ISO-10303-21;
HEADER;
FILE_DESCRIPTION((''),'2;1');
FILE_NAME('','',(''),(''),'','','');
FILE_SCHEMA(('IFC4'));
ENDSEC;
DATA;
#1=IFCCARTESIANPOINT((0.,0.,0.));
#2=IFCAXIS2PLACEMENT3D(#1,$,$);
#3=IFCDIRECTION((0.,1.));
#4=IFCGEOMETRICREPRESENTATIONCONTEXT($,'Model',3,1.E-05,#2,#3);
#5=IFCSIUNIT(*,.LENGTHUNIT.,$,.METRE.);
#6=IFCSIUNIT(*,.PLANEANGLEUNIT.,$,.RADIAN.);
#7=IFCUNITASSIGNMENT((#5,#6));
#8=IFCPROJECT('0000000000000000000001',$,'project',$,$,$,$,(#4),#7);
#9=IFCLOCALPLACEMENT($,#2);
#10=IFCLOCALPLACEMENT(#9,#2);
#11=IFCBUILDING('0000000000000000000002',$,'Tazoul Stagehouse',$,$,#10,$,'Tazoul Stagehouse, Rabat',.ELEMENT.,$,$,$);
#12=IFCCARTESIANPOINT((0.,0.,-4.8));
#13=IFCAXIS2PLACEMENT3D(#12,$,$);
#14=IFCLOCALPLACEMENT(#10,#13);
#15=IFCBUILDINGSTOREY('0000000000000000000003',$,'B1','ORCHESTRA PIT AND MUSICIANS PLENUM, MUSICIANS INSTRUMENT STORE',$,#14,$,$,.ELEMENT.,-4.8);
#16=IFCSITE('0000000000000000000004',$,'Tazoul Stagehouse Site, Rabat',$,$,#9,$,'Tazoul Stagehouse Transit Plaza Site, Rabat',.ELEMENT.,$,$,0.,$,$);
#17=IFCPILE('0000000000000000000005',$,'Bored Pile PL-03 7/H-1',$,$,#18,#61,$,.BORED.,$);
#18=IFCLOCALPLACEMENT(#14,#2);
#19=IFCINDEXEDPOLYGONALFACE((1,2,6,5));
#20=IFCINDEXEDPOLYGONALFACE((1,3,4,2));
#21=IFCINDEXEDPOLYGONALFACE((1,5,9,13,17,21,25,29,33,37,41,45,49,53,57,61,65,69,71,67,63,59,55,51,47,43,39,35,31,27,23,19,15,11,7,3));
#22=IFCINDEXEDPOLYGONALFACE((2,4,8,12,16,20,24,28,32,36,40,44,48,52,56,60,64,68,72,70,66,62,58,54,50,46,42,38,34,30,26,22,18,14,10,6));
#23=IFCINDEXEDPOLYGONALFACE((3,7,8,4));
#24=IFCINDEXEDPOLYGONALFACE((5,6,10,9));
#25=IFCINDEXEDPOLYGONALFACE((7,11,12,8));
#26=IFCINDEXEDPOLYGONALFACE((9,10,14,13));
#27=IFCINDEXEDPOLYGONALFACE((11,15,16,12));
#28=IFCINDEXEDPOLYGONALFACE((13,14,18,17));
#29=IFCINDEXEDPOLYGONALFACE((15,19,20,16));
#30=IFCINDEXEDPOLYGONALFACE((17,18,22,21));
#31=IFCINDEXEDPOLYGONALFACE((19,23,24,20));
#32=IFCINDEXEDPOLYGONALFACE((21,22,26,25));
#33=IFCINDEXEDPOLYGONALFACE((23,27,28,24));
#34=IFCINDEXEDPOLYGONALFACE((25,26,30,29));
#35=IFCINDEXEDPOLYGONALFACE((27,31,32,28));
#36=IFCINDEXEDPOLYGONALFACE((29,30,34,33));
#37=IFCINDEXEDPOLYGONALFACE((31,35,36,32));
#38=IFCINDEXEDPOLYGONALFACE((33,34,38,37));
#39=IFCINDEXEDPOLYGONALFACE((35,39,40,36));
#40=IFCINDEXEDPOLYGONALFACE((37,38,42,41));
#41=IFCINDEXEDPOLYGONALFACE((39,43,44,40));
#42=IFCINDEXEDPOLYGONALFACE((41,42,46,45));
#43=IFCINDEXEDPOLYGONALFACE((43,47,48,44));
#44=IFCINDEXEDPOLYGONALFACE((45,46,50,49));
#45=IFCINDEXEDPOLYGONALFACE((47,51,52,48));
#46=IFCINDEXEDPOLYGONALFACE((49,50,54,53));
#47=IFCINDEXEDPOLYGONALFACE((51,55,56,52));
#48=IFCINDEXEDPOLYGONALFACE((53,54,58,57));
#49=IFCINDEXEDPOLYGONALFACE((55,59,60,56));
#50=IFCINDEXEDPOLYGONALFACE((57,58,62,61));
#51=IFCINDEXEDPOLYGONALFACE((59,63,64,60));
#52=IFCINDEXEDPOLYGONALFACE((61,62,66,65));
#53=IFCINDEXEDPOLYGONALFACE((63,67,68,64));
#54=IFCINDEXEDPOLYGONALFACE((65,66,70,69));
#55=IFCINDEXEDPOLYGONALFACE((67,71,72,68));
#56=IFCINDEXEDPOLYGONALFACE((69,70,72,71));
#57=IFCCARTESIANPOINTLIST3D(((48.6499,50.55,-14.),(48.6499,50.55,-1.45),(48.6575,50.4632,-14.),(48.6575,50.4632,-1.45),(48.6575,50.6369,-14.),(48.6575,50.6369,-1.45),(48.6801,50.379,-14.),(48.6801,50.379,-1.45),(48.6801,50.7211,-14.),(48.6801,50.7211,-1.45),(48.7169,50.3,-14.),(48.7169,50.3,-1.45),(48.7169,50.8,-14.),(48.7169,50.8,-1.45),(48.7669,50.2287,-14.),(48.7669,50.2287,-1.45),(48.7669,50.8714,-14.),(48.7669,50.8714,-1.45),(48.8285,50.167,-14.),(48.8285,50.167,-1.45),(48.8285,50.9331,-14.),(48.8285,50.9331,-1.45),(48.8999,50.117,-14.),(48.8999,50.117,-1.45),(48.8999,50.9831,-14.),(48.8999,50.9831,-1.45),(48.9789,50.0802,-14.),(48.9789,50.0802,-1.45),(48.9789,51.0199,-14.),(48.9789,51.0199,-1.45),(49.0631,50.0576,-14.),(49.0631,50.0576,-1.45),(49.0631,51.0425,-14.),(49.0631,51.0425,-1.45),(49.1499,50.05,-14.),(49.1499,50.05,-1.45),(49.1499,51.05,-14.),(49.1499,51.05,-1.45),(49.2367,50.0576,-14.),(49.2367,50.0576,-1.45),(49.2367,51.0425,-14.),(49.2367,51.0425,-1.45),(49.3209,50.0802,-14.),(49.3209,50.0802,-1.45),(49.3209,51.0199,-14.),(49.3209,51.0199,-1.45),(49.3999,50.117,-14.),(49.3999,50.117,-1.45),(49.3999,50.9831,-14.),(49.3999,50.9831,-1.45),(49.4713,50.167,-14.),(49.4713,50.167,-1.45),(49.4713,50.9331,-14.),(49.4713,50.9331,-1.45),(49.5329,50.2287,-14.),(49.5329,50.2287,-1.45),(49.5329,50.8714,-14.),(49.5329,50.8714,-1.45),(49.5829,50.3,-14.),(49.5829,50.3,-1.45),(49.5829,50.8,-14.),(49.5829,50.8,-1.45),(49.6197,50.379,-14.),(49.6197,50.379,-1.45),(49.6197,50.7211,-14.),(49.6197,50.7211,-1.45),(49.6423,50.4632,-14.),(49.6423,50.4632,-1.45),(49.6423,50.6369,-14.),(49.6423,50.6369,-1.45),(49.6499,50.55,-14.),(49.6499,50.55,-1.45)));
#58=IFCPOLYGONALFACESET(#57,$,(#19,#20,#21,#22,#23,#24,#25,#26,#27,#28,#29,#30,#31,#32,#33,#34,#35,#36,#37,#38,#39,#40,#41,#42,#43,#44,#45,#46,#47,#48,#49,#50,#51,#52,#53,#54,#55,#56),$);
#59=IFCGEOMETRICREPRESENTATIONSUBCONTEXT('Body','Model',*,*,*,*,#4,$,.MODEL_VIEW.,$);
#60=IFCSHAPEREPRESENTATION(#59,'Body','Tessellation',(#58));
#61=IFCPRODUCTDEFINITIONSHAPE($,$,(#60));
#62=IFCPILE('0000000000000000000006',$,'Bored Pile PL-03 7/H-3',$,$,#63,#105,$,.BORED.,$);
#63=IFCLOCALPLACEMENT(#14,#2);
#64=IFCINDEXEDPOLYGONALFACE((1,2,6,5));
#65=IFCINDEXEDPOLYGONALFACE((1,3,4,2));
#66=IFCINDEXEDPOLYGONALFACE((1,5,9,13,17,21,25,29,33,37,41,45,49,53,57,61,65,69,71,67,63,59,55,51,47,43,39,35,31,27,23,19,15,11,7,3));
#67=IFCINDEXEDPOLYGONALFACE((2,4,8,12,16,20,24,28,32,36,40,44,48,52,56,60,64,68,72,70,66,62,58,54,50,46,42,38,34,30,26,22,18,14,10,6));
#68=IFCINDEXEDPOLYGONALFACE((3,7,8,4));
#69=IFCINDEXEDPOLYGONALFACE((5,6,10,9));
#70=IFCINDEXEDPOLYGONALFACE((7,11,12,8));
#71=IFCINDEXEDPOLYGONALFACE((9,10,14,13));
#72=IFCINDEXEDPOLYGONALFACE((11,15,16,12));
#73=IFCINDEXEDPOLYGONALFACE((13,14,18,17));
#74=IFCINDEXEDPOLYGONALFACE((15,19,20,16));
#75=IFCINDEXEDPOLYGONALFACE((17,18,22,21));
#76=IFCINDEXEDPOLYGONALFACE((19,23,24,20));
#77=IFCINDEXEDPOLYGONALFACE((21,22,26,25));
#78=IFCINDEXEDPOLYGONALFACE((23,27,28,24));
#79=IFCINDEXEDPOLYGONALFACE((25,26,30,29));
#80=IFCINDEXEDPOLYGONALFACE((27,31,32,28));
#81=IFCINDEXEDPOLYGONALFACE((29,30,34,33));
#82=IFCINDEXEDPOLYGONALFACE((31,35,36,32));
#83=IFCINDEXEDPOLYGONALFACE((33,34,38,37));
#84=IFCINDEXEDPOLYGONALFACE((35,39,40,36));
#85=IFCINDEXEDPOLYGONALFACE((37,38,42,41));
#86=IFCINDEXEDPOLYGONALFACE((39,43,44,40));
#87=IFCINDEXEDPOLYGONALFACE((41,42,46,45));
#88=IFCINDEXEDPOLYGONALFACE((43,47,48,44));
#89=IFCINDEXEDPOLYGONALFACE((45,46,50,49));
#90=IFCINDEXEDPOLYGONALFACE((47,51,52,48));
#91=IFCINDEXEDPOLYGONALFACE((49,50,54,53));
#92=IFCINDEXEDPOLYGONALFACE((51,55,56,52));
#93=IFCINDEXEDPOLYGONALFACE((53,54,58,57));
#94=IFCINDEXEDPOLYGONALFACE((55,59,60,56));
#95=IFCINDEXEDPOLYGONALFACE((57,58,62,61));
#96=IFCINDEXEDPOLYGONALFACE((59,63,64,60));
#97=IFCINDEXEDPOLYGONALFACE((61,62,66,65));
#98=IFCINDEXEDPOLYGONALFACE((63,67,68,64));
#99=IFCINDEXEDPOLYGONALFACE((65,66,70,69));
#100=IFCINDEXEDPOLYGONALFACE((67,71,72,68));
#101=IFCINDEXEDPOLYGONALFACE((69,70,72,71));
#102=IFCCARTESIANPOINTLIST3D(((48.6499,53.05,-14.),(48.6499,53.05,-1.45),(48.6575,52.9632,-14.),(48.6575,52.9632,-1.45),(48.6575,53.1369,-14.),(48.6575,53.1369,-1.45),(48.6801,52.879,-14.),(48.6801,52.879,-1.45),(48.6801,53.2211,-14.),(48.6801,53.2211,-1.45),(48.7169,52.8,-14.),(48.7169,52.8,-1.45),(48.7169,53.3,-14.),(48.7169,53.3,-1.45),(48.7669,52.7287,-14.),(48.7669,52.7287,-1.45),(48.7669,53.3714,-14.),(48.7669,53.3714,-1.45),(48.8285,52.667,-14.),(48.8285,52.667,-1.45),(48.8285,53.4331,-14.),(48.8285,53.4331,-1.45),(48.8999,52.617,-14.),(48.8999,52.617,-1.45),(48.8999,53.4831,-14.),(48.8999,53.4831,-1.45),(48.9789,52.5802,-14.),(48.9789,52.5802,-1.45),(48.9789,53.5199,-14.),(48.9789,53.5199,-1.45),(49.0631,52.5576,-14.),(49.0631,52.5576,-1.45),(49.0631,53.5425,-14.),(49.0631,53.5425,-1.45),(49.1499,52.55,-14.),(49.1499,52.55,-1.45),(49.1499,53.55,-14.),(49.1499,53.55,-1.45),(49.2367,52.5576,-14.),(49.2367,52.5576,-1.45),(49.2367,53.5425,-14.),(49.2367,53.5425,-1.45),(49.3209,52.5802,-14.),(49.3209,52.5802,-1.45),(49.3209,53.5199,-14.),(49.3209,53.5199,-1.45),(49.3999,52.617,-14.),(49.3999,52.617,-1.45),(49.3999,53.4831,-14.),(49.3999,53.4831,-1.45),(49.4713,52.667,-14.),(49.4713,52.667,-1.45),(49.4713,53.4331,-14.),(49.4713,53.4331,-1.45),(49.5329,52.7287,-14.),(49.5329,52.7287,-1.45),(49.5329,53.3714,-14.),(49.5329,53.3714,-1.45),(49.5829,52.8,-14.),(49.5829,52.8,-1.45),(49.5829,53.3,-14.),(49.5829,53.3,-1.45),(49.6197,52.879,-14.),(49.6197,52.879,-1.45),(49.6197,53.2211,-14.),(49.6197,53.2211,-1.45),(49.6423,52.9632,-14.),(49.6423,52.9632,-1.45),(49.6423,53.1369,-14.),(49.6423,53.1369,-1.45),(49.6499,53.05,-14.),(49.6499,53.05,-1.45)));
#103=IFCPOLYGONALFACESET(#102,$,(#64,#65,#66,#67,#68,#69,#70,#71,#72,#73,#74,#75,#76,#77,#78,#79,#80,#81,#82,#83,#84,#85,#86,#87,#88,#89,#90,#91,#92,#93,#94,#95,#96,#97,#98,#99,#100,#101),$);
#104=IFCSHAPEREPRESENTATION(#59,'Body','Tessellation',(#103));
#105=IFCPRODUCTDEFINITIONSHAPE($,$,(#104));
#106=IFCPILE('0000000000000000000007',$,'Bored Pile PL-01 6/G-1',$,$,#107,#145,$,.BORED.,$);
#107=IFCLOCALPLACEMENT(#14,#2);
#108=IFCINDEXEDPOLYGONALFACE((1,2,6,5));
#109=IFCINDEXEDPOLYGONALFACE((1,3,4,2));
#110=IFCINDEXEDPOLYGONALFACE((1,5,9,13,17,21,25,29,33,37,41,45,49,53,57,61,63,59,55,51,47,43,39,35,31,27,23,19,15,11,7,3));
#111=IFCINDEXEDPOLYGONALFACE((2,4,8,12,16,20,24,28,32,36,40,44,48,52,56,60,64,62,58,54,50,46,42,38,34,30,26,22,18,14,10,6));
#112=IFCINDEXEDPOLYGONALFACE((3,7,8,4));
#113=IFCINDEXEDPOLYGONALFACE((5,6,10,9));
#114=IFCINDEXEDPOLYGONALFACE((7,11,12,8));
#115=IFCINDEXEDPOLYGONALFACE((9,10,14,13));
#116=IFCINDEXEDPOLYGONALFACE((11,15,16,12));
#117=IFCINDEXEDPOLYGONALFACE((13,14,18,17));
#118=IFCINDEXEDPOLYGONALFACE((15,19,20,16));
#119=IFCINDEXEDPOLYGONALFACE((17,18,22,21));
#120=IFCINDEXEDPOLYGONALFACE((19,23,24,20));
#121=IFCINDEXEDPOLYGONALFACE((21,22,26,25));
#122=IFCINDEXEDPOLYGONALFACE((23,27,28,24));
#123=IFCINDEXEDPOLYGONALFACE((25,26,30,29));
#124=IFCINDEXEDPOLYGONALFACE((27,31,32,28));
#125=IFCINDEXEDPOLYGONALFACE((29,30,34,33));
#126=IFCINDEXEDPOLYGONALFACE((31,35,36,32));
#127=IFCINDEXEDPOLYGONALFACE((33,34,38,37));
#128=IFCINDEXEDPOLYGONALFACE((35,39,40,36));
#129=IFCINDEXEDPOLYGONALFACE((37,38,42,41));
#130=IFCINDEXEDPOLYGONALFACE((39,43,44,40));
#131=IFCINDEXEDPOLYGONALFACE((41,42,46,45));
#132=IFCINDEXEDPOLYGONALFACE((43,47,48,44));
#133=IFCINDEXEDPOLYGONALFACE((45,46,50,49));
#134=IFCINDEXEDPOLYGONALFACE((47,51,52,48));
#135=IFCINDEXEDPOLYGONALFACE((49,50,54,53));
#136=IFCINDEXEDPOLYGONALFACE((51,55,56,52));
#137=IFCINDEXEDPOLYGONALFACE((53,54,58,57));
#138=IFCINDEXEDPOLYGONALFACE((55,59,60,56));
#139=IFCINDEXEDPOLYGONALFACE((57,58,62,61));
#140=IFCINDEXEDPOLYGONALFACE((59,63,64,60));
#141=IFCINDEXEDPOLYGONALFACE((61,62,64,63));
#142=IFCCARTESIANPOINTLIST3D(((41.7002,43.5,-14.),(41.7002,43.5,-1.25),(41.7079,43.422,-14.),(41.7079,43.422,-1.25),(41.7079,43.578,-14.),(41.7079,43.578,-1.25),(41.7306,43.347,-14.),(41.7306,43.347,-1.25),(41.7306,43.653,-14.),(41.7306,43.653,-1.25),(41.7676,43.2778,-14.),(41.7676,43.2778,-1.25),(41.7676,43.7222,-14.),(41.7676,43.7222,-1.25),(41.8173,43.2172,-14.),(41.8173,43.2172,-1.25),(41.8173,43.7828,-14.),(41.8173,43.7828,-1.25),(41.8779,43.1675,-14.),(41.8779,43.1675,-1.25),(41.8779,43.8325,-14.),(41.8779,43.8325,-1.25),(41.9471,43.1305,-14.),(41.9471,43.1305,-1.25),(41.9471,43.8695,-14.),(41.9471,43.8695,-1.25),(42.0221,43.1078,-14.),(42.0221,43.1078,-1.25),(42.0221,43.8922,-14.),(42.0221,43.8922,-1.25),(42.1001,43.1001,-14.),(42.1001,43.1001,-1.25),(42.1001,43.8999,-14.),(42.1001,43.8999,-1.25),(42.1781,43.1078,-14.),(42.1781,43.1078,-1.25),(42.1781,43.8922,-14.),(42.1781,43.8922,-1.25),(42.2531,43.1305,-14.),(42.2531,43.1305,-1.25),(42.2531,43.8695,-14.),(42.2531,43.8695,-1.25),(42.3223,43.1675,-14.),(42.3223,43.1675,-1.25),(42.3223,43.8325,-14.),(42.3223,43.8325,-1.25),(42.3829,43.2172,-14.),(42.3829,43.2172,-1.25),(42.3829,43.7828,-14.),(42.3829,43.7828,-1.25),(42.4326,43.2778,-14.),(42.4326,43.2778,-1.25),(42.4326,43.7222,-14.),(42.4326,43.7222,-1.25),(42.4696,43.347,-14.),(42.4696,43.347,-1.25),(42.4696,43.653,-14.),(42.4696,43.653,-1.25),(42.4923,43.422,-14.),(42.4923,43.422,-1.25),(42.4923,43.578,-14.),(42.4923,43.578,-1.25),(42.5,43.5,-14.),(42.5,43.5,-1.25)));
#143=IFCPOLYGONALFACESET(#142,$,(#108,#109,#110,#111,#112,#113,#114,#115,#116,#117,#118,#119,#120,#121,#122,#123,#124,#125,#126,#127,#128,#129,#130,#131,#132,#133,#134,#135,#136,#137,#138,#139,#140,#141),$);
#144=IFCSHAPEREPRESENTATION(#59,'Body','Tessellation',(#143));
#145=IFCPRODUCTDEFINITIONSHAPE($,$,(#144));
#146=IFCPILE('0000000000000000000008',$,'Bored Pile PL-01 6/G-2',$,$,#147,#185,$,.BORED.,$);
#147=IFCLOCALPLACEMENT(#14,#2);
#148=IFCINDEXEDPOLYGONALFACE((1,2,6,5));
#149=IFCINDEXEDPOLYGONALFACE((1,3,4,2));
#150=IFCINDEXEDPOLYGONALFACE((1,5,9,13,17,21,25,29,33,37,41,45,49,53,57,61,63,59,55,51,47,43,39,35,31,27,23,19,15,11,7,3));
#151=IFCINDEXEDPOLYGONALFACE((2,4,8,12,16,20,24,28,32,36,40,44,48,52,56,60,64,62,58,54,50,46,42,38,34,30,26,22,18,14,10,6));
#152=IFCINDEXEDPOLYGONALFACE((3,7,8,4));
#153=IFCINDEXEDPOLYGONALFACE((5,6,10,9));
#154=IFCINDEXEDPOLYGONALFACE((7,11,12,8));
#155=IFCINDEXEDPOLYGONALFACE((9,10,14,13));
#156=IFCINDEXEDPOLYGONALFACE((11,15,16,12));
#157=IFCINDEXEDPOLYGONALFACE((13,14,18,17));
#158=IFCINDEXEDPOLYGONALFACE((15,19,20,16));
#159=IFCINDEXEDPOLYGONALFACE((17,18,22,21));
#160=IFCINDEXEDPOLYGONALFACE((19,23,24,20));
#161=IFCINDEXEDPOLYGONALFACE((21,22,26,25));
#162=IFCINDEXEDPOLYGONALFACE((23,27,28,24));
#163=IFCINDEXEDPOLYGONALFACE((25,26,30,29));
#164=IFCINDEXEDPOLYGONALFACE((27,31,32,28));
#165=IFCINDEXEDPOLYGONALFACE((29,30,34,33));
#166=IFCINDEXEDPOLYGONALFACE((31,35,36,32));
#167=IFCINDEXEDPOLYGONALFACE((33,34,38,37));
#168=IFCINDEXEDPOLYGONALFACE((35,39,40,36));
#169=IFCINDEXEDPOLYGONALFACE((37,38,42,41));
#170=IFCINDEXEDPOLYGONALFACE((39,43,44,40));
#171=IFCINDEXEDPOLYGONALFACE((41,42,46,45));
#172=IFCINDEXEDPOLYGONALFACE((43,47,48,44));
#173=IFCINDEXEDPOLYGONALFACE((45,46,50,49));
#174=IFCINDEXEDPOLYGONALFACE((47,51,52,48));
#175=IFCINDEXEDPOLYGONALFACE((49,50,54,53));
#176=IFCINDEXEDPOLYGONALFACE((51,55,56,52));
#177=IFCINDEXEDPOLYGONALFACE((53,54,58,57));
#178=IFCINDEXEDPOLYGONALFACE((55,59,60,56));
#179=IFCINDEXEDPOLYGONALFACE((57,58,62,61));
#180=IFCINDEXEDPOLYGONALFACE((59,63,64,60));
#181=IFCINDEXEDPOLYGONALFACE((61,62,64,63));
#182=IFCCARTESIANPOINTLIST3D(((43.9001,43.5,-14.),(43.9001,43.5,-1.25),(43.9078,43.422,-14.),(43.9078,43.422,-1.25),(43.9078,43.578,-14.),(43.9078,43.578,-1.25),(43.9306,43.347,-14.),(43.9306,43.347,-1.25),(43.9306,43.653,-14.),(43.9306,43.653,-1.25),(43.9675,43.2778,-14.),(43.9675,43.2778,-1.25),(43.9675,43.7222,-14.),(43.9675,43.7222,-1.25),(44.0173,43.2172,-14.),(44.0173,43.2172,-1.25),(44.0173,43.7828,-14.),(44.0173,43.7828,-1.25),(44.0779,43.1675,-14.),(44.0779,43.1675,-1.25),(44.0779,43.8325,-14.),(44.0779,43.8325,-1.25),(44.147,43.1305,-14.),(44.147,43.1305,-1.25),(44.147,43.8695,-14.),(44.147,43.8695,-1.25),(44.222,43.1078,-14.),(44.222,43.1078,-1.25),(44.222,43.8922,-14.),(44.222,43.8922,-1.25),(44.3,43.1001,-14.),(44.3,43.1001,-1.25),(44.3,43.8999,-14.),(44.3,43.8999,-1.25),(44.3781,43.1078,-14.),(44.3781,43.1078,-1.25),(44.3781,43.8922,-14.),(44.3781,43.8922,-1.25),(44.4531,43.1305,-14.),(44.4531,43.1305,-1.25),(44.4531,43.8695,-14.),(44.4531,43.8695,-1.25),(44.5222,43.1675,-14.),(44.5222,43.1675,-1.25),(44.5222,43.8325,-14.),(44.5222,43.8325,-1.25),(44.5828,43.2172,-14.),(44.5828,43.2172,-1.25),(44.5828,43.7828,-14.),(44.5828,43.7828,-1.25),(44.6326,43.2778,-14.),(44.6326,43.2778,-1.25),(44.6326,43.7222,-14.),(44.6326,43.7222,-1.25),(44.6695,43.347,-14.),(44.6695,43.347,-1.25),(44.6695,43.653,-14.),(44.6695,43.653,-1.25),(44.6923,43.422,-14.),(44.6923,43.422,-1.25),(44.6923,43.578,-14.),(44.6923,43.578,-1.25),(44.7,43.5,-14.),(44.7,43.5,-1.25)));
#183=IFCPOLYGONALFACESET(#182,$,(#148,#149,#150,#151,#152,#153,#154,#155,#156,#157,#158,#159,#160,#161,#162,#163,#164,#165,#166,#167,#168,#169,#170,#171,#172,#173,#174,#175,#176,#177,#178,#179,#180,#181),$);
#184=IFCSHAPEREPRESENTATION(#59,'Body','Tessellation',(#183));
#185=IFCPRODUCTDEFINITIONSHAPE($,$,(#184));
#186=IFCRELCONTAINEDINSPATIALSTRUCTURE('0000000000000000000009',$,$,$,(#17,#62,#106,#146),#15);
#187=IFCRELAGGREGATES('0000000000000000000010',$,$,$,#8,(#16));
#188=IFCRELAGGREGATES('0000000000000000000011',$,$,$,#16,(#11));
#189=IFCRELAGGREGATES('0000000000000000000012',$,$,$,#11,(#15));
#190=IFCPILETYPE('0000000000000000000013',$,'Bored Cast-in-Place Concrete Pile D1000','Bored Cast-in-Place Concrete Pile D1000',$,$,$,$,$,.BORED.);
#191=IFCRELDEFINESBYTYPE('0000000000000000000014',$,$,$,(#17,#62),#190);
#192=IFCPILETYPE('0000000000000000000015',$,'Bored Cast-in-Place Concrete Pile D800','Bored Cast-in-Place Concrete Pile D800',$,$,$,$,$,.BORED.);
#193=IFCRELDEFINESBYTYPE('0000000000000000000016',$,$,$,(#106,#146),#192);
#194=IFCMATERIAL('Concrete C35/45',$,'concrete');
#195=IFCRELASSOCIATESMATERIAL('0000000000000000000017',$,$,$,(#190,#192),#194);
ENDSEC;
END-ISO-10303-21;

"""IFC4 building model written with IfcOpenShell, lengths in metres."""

from ifc_helpers import new_model, si_unit, direction, frame, origin, origin_2d, place, context, subcontext, project, spatial, circle, extrude, material, material_profile, profile_set, type_object, element, save


model = new_model("IFC4")

# Units and contexts
model_context = context("Model", 3, precision=1e-05, world=origin(), true_north=direction((0.0, 1.0)))
body_context = subcontext(model_context, "Body", "Model", "MODEL_VIEW")
ifc_project = project(units=[si_unit("LENGTHUNIT", "METRE"), si_unit("PLANEANGLEUNIT", "RADIAN")], contexts=[model_context])

# Site, building, storey
site_placement = place(None, origin())
site = spatial("IfcSite", under=ifc_project, at=site_placement, Name="Tazoul Stagehouse Site, Rabat", LongName="Tazoul Stagehouse Transit Plaza Site, Rabat", CompositionType="ELEMENT", RefElevation=0.0)
building_placement = place(site_placement, origin())
building = spatial("IfcBuilding", under=site, at=building_placement, Name="Tazoul Stagehouse", LongName="Tazoul Stagehouse, Rabat", CompositionType="ELEMENT")
storey_placement = place(building_placement, frame((0.0, 0.0, -4.8)))
storey = spatial("IfcBuildingStorey", under=building, at=storey_placement, Name="B1", Description="ORCHESTRA PIT AND MUSICIANS PLENUM, MUSICIANS INSTRUMENT STORE", CompositionType="ELEMENT", Elevation=-4.8)

# Piles
ifc_material_1 = material(Name="Concrete C35/45", Category="concrete")
ifc_material_profile_1 = material_profile(ifc_material_1, circle(Radius=0.5, at=origin_2d()), Name="BORED PILE 1000")
ifc_profile_set_1 = profile_set([ifc_material_profile_1], Name="Concrete C35/45")
pile_type_1 = type_object("IfcPileType", Name="Bored Cast-in-Place Concrete Pile D1000", Description="Bored Cast-in-Place Concrete Pile D1000", PredefinedType="BORED", material=ifc_profile_set_1)
for number, where, z_axis, x_axis, name in (
    (1, (49.1499, 50.55, -1.45), (0.0, 0.0, -1.0), (1.0, 0.0, 0.0), "Bored Pile PL-03 7/H-1"),
    (2, (49.1499, 53.05, -1.45), (0.0, 0.0, -1.0), (1.0, 0.0, 0.0), "Bored Pile PL-03 7/H-3"),
):
    element("IfcPile", number, at=place(storey_placement, frame(where, z_axis=z_axis, x_axis=x_axis)), inside=storey, type_object=pile_type_1, Name=name, PredefinedType="BORED", context=body_context, shape_type="SweptSolid", body=[
        extrude(circle(Radius=0.5, at=origin_2d()), origin(), (0.0, 0.0, 1.0), 12.55),
    ])
ifc_material_profile_2 = material_profile(ifc_material_1, circle(Radius=0.3999, at=origin_2d()), Name="BORED PILE 800")
ifc_profile_set_2 = profile_set([ifc_material_profile_2], Name="Concrete C35/45")
pile_type_2 = type_object("IfcPileType", Name="Bored Cast-in-Place Concrete Pile D800", Description="Bored Cast-in-Place Concrete Pile D800", PredefinedType="BORED", material=ifc_profile_set_2)
for number, where, z_axis, x_axis, name in (
    (3, (42.1001, 43.5, -1.25), (0.0, 0.0, -1.0), (1.0, 0.0, 0.0), "Bored Pile PL-01 6/G-1"),
    (4, (44.3, 43.5, -1.25), (0.0, 0.0, -1.0), (1.0, 0.0, 0.0), "Bored Pile PL-01 6/G-2"),
):
    element("IfcPile", number, at=place(storey_placement, frame(where, z_axis=z_axis, x_axis=x_axis)), inside=storey, type_object=pile_type_2, Name=name, PredefinedType="BORED", context=body_context, shape_type="SweptSolid", body=[
        extrude(circle(Radius=0.3999, at=origin_2d()), origin(), (0.0, 0.0, 1.0), 12.75),
    ])

save(model, "model.ifc")
